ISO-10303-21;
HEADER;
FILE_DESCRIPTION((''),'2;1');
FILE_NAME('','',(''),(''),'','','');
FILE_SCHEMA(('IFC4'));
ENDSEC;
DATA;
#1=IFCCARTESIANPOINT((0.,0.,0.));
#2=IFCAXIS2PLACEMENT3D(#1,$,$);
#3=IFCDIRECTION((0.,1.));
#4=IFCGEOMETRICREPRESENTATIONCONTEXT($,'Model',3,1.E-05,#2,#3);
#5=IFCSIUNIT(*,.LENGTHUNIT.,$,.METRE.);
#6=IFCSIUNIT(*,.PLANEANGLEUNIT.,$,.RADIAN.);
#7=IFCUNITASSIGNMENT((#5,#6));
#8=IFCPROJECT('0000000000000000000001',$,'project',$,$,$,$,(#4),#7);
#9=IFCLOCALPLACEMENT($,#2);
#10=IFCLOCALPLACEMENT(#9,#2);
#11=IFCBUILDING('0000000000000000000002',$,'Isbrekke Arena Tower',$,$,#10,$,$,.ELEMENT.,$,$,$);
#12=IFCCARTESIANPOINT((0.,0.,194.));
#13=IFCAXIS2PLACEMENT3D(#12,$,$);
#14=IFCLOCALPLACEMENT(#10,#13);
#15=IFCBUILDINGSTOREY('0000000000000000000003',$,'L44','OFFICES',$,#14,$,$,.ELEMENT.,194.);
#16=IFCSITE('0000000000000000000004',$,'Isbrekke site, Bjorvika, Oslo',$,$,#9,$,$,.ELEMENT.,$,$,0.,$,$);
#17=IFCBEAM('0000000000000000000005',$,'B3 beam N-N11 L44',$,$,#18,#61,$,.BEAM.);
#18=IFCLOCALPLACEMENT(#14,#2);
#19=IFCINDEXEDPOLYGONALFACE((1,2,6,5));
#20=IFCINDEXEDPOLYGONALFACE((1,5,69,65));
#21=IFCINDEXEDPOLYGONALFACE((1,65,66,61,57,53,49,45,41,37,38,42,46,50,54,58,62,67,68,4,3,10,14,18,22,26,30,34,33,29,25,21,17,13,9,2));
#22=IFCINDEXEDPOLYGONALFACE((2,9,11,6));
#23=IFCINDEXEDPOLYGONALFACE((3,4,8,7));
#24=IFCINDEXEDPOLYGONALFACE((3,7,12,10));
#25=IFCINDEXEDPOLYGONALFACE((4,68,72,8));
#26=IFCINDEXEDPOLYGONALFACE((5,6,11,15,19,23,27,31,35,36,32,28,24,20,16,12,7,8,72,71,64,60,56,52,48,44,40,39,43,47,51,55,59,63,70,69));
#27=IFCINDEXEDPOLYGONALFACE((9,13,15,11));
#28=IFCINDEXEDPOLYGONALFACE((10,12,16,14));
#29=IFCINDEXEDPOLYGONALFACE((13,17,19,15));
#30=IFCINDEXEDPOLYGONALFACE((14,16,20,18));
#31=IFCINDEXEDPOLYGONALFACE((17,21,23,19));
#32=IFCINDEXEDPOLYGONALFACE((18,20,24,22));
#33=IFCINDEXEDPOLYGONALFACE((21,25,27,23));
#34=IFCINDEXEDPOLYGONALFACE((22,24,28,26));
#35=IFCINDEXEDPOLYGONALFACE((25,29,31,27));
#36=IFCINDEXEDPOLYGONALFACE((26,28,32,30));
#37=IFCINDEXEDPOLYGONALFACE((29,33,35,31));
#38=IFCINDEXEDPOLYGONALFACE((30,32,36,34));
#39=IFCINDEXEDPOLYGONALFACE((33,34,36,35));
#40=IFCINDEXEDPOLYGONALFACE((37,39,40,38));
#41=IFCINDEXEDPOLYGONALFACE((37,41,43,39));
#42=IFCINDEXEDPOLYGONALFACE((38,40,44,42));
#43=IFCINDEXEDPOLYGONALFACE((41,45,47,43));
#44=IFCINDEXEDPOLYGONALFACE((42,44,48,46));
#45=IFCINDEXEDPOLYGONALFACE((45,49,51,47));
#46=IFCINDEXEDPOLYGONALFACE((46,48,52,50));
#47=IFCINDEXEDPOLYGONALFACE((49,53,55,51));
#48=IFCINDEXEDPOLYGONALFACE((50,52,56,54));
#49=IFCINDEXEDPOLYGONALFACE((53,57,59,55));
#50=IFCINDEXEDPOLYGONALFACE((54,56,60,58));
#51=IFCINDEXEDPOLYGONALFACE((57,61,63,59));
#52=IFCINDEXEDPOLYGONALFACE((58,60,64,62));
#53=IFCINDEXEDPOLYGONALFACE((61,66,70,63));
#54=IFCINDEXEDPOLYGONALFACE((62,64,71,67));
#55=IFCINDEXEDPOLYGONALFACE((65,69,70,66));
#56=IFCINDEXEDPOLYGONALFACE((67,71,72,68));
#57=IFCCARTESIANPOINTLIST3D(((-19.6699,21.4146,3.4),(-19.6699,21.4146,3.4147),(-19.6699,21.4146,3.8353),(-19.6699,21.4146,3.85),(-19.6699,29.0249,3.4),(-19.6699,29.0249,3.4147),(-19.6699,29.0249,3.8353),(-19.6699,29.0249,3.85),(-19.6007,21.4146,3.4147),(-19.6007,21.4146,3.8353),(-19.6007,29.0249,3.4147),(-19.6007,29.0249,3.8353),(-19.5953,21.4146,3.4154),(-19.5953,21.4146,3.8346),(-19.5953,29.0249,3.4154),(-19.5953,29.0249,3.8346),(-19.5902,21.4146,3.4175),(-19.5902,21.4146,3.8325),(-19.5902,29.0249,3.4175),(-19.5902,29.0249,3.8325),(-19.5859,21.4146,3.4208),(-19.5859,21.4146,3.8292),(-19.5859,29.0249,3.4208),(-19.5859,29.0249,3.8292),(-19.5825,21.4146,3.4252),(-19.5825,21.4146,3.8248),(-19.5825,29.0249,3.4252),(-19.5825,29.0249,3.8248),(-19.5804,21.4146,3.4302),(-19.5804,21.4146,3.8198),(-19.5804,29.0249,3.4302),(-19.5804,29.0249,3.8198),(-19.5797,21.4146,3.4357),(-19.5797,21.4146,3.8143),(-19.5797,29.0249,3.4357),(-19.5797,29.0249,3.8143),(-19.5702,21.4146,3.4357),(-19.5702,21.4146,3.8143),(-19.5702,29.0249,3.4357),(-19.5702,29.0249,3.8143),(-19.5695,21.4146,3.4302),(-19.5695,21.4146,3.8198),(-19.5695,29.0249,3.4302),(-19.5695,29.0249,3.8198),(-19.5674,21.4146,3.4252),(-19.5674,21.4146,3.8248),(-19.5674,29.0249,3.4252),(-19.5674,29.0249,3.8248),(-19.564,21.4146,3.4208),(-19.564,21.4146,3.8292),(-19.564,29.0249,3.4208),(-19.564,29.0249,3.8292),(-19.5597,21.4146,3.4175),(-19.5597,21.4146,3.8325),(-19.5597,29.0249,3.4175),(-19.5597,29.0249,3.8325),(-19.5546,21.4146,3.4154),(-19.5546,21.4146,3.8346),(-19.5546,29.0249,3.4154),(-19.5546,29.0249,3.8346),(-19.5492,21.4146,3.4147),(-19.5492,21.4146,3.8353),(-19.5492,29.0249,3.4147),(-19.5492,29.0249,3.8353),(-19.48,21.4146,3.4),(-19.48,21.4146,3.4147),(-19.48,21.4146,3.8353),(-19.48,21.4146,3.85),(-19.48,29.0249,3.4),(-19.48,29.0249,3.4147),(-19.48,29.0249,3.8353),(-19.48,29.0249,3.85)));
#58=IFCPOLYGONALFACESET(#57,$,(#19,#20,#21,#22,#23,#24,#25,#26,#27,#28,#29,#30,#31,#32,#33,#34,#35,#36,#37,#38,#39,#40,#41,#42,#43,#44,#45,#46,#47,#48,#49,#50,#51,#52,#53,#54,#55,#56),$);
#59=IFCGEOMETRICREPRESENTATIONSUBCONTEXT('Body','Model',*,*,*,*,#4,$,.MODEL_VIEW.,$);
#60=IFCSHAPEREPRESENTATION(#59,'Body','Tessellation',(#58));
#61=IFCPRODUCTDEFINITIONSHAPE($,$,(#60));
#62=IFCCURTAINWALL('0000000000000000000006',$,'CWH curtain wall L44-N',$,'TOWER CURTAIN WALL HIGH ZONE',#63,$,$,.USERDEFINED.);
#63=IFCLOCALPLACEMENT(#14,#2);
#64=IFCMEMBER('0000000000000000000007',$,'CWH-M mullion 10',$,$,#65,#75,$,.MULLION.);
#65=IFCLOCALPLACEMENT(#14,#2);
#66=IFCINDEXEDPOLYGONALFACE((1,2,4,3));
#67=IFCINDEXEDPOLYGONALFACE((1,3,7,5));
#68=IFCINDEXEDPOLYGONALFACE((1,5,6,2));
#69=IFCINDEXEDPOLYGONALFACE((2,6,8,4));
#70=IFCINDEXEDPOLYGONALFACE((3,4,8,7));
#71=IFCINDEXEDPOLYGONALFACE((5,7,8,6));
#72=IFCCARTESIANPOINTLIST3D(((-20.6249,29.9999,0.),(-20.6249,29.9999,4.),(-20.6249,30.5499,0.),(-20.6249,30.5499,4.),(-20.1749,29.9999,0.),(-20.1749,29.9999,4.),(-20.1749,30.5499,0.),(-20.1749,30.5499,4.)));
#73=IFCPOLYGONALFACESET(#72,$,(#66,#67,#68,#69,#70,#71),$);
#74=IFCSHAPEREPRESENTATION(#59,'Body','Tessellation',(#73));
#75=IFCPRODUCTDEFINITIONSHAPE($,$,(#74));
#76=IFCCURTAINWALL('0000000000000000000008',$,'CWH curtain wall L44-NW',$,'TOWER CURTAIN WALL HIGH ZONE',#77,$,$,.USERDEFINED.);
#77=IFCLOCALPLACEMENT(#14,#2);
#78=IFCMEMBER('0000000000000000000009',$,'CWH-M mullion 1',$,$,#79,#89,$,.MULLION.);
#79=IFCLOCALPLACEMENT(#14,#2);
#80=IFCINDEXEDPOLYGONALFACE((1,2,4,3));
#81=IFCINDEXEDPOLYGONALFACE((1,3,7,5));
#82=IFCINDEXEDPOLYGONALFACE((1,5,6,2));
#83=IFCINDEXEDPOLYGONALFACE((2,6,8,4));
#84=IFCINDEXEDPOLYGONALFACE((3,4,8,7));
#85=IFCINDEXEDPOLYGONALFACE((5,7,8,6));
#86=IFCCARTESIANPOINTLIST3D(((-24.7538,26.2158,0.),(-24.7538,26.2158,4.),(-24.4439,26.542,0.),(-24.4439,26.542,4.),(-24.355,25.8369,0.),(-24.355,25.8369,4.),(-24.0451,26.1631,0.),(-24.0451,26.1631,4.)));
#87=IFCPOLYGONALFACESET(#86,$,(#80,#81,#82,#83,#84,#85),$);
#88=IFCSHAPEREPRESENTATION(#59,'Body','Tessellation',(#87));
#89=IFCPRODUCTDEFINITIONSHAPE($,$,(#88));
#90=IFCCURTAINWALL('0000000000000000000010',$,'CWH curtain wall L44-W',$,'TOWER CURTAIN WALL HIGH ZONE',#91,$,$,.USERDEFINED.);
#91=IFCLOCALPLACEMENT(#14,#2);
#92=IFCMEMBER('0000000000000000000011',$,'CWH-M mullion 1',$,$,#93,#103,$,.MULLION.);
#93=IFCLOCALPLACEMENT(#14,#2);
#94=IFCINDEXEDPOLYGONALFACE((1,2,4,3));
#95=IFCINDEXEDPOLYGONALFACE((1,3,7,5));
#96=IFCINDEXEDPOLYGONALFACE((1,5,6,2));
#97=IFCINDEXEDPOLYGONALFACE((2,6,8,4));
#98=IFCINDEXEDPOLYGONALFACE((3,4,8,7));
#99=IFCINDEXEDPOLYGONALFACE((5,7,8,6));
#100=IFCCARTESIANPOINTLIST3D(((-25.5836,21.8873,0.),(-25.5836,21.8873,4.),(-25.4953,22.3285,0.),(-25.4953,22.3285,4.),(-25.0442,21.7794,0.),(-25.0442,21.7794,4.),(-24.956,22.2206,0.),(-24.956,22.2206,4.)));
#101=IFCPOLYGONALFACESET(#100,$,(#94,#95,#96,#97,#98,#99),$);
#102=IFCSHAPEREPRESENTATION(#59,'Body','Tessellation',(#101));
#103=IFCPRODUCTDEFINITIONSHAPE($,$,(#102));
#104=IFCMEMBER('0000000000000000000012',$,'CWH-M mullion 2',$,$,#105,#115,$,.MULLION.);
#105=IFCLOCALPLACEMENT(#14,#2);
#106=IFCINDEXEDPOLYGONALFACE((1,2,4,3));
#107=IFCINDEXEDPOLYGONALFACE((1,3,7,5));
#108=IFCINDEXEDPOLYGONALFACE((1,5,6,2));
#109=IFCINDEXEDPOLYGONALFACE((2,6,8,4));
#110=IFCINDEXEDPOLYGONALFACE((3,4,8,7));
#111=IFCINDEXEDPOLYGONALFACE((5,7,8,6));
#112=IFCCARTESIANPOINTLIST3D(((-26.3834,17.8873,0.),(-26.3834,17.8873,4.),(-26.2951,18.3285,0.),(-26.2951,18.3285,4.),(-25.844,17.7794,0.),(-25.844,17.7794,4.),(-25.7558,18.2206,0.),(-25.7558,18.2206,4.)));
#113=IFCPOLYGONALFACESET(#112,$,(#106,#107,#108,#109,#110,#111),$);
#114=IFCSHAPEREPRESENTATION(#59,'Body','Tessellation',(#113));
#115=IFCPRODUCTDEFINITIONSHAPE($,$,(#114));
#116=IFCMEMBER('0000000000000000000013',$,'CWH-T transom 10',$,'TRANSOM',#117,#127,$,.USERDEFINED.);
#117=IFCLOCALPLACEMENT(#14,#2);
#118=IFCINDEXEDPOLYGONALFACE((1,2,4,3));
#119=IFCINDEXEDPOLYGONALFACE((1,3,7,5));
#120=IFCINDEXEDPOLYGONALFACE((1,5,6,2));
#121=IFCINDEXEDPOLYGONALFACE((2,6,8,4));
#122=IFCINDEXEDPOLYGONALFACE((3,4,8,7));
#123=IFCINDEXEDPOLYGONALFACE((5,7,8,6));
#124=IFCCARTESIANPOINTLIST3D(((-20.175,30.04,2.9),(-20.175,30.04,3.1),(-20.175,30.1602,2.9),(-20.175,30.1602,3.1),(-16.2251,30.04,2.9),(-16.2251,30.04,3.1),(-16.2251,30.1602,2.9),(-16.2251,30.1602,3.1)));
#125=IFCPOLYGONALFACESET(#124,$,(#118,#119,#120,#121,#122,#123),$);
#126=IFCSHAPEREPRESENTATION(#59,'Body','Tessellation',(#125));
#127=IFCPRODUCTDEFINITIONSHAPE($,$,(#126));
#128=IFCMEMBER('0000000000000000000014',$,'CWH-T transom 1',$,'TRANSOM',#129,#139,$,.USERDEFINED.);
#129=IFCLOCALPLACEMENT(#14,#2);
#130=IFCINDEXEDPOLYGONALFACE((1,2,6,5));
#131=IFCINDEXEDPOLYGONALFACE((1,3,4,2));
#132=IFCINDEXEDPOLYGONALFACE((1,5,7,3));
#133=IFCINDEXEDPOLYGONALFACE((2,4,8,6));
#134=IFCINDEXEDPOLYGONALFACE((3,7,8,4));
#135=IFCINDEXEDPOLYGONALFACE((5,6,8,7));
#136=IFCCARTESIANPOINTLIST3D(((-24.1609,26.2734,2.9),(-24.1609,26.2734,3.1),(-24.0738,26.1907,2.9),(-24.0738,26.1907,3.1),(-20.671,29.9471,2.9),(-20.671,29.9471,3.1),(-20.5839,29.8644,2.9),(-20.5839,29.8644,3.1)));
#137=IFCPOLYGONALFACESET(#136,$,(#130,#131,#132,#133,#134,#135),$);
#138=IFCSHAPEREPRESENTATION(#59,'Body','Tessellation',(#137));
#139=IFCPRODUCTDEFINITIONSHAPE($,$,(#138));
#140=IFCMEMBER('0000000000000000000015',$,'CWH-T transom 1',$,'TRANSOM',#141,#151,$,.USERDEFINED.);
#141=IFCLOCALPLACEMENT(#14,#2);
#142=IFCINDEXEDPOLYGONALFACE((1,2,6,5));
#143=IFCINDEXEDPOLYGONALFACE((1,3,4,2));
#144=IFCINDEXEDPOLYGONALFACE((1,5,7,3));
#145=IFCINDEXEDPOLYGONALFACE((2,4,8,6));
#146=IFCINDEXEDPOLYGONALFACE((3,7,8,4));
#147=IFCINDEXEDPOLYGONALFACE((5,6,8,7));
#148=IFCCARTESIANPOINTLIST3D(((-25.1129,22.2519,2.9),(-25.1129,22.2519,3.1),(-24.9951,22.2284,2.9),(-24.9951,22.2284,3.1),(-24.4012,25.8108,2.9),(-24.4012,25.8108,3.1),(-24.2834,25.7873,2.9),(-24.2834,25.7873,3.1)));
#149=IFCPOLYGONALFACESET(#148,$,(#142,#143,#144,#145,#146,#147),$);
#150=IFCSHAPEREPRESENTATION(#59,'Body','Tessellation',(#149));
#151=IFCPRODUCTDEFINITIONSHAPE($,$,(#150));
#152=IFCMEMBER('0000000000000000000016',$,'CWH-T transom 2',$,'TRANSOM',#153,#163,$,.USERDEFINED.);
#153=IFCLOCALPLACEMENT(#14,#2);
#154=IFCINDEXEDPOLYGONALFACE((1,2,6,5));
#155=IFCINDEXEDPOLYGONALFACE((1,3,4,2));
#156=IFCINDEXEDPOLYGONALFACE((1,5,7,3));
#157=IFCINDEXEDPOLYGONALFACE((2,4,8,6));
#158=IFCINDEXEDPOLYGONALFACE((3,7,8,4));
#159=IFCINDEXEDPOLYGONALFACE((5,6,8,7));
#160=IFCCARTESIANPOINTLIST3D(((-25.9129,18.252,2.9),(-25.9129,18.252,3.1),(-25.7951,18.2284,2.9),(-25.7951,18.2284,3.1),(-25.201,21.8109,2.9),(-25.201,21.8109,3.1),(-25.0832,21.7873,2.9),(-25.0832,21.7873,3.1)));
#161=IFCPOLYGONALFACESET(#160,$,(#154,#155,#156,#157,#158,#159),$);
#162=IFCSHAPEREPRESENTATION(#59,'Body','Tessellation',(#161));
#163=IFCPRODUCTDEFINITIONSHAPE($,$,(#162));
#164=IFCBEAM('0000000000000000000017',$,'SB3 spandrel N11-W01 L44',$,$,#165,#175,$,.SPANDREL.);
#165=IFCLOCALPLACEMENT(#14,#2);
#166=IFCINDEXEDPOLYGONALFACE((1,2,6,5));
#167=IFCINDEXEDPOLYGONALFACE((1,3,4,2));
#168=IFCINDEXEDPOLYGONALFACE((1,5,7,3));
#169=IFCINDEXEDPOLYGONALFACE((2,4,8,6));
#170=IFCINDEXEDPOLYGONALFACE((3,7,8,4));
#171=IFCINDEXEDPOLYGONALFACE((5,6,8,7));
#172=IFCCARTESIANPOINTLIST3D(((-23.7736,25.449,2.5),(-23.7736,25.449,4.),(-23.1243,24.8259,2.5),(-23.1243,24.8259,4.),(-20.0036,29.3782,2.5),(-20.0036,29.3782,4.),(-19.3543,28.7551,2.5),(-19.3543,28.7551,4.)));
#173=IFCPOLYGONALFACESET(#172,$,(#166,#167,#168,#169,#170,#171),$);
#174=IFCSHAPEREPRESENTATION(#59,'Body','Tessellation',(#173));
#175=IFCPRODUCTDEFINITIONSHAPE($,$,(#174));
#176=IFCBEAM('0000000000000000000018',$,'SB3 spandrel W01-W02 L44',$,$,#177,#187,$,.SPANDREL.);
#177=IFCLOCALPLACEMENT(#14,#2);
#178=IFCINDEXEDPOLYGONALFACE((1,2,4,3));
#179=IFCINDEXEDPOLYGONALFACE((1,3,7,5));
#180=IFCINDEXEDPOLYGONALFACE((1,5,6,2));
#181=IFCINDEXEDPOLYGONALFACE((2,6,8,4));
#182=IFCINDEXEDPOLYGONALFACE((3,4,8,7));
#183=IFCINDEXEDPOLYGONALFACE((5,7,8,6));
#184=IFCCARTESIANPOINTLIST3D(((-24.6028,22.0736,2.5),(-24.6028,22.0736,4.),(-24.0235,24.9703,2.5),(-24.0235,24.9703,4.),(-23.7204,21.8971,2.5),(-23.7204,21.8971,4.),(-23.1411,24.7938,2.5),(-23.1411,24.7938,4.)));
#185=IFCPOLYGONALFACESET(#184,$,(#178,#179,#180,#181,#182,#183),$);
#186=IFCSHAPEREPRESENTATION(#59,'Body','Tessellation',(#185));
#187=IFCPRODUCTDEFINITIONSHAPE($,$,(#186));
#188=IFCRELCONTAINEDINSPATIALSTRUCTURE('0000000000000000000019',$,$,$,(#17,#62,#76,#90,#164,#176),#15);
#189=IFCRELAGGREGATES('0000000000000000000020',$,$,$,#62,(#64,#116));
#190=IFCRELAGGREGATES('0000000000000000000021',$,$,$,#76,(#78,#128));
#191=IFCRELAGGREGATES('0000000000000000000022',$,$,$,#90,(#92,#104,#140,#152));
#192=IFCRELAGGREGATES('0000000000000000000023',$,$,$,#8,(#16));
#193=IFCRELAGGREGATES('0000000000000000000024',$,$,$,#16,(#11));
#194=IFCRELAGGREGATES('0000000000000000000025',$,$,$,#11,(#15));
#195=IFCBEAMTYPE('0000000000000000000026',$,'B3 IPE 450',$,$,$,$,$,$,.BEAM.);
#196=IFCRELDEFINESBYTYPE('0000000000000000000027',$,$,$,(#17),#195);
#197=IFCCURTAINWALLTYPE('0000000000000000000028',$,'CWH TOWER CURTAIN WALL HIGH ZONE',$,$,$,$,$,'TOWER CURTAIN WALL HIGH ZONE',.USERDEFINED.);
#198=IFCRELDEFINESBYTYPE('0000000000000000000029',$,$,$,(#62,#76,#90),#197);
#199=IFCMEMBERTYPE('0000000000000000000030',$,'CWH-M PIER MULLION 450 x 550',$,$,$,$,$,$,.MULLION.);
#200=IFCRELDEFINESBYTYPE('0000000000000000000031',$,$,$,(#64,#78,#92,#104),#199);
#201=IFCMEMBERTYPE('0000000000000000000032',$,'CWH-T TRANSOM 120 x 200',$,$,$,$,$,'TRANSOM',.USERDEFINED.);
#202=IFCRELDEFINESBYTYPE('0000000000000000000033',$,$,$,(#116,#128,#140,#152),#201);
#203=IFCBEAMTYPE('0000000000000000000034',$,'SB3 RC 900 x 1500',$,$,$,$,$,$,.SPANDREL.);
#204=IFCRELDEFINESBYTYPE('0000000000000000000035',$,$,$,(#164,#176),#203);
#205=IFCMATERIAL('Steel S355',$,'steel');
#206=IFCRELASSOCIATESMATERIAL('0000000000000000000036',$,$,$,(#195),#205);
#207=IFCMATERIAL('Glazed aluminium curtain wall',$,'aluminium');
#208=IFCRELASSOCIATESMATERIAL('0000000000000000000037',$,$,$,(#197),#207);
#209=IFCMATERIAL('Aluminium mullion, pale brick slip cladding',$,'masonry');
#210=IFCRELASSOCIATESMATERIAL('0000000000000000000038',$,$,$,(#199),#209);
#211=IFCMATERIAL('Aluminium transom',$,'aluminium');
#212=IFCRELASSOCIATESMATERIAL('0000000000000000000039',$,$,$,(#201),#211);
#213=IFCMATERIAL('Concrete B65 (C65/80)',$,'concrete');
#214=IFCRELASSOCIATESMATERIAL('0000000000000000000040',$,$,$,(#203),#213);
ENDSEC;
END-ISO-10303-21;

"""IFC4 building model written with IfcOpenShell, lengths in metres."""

from ifc_helpers import new_model, si_unit, direction, frame, origin, origin_2d, place, context, subcontext, project, spatial, rectangle, i_section, extrude, material, material_profile, profile_set, type_object, element, aggregate, save


model = new_model("IFC4")

# Units and contexts
model_context = context("Model", 3, precision=1e-05, world=origin(), true_north=direction((0.0, 1.0)))
body_context = subcontext(model_context, "Body", "Model", "MODEL_VIEW")
ifc_project = project(units=[si_unit("LENGTHUNIT", "METRE"), si_unit("PLANEANGLEUNIT", "RADIAN")], contexts=[model_context])

# Site, building, storey
site_placement = place(None, origin())
site = spatial("IfcSite", under=ifc_project, at=site_placement, Name="Isbrekke site, Bjorvika, Oslo", CompositionType="ELEMENT", RefElevation=0.0)
building_placement = place(site_placement, origin())
building = spatial("IfcBuilding", under=site, at=building_placement, Name="Isbrekke Arena Tower", CompositionType="ELEMENT")
storey_placement = place(building_placement, frame((0.0, 0.0, 194.0)))
storey = spatial("IfcBuildingStorey", under=building, at=storey_placement, Name="L44", Description="OFFICES", CompositionType="ELEMENT", Elevation=194.0)

# Beam
ifc_material_1 = material(Name="Steel S355", Category="steel")
ifc_material_profile_1 = material_profile(ifc_material_1, i_section(OverallWidth=0.1899, OverallDepth=0.45, WebThickness=0.0095, FlangeThickness=0.0146, FilletRadius=0.021, at=origin_2d()), Name="IPE 450")
ifc_profile_set_1 = profile_set([ifc_material_profile_1], Name="Steel S355")
beam_type_1 = type_object("IfcBeamType", Name="B3 IPE 450", PredefinedType="BEAM", material=ifc_profile_set_1)
beam_1_placement = place(storey_placement, frame((-19.575, 29.0249, 3.625), z_axis=(0.0, -1.0, 0.0), x_axis=(1.0, 0.0, 0.0)))
element("IfcBeam", 1, at=beam_1_placement, inside=storey, type_object=beam_type_1, Name="B3 beam N-N11 L44", PredefinedType="BEAM", context=body_context, shape_type="SweptSolid", body=[
    extrude(i_section(OverallWidth=0.1899, OverallDepth=0.45, WebThickness=0.0095, FlangeThickness=0.0146, FilletRadius=0.021, at=origin_2d()), origin(), (0.0, 0.0, 1.0), 7.6104),
])

# Curtain walls, members
ifc_material_2 = material(Name="Glazed aluminium curtain wall", Category="aluminium")
curtain_wall_type = type_object("IfcCurtainWallType", Name="CWH TOWER CURTAIN WALL HIGH ZONE", ElementType="TOWER CURTAIN WALL HIGH ZONE", PredefinedType="USERDEFINED", material=ifc_material_2)
curtain_wall_1_placement = place(storey_placement, origin())
curtain_wall_1 = element("IfcCurtainWall", 2, at=curtain_wall_1_placement, inside=storey, type_object=curtain_wall_type, Name="CWH curtain wall L44-N", ObjectType="TOWER CURTAIN WALL HIGH ZONE", PredefinedType="USERDEFINED")
ifc_material_3 = material(Name="Aluminium mullion, pale brick slip cladding", Category="masonry")
ifc_material_profile_2 = material_profile(ifc_material_3, rectangle(XDim=0.45, YDim=0.55, at=origin_2d()), Name="PIER 450X550")
ifc_profile_set_2 = profile_set([ifc_material_profile_2], Name="Aluminium mullion, pale brick slip cladding")
member_type_1 = type_object("IfcMemberType", Name="CWH-M PIER MULLION 450 x 550", PredefinedType="MULLION", material=ifc_profile_set_2)
member_1_placement = place(storey_placement, frame((-20.3999, 30.2749, 0.0), z_axis=(0.0, 0.0, 1.0), x_axis=(-1.0, 0.0, 0.0)))
member_1 = element("IfcMember", 3, at=member_1_placement, type_object=member_type_1, Name="CWH-M mullion 10", PredefinedType="MULLION", context=body_context, shape_type="SweptSolid", body=[
    extrude(rectangle(XDim=0.45, YDim=0.55, at=origin_2d()), origin(), (0.0, 0.0, 1.0), 4.0),
])
curtain_wall_2_placement = place(storey_placement, origin())
curtain_wall_2 = element("IfcCurtainWall", 4, at=curtain_wall_2_placement, inside=storey, type_object=curtain_wall_type, Name="CWH curtain wall L44-NW", ObjectType="TOWER CURTAIN WALL HIGH ZONE", PredefinedType="USERDEFINED")
member_2_placement = place(storey_placement, frame((-24.3994, 26.1895, 0.0), z_axis=(0.0, 0.0, 1.0), x_axis=(-0.688749, -0.724999, 0.0)))
member_2 = element("IfcMember", 5, at=member_2_placement, type_object=member_type_1, Name="CWH-M mullion 1", PredefinedType="MULLION", context=body_context, shape_type="SweptSolid", body=[
    extrude(rectangle(XDim=0.45, YDim=0.55, at=origin_2d()), origin(), (0.0, 0.0, 1.0), 4.0),
])

# Curtain wall, members
curtain_wall_3_placement = place(storey_placement, origin())
curtain_wall_3 = element("IfcCurtainWall", 6, at=curtain_wall_3_placement, inside=storey, type_object=curtain_wall_type, Name="CWH curtain wall L44-W", ObjectType="TOWER CURTAIN WALL HIGH ZONE", PredefinedType="USERDEFINED")
member_3_placement = place(storey_placement, frame((-25.2698, 22.054, 0.0), z_axis=(0.0, 0.0, 1.0), x_axis=(-0.196116, -0.980581, 0.0)))
member_3 = element("IfcMember", 7, at=member_3_placement, type_object=member_type_1, Name="CWH-M mullion 1", PredefinedType="MULLION", context=body_context, shape_type="SweptSolid", body=[
    extrude(rectangle(XDim=0.45, YDim=0.55, at=origin_2d()), origin(), (0.0, 0.0, 1.0), 4.0),
])
member_4_placement = place(storey_placement, frame((-26.0696, 18.054, 0.0), z_axis=(0.0, 0.0, 1.0), x_axis=(-0.196116, -0.980581, 0.0)))
member_4 = element("IfcMember", 8, at=member_4_placement, type_object=member_type_1, Name="CWH-M mullion 2", PredefinedType="MULLION", context=body_context, shape_type="SweptSolid", body=[
    extrude(rectangle(XDim=0.45, YDim=0.55, at=origin_2d()), origin(), (0.0, 0.0, 1.0), 4.0),
])

# Members
ifc_material_4 = material(Name="Aluminium transom", Category="aluminium")
ifc_material_profile_3 = material_profile(ifc_material_4, rectangle(XDim=0.1201, YDim=0.2, at=origin_2d()), Name="TRANSOM 120X200")
ifc_profile_set_3 = profile_set([ifc_material_profile_3], Name="Aluminium transom")
member_type_2 = type_object("IfcMemberType", Name="CWH-T TRANSOM 120 x 200", ElementType="TRANSOM", PredefinedType="USERDEFINED", material=ifc_profile_set_3)
member_5_placement = place(storey_placement, frame((-16.2251, 30.1001, 3.0), z_axis=(-1.0, 0.0, 0.0), x_axis=(0.0, -1.0, 0.0)))
member_5 = element("IfcMember", 9, at=member_5_placement, type_object=member_type_2, Name="CWH-T transom 10", ObjectType="TRANSOM", PredefinedType="USERDEFINED", context=body_context, shape_type="SweptSolid", body=[
    extrude(rectangle(XDim=0.1201, YDim=0.2, at=origin_2d()), origin(), (0.0, 0.0, 1.0), 3.95),
])
member_6_placement = place(storey_placement, frame((-20.6274, 29.9058, 3.0), z_axis=(-0.688734, -0.725014, 0.0), x_axis=(0.725014, -0.688734, 0.0)))
member_6 = element("IfcMember", 10, at=member_6_placement, type_object=member_type_2, Name="CWH-T transom 1", ObjectType="TRANSOM", PredefinedType="USERDEFINED", context=body_context, shape_type="SweptSolid", body=[
    extrude(rectangle(XDim=0.1201, YDim=0.2, at=origin_2d()), origin(), (0.0, 0.0, 1.0), 5.0671),
])
member_7_placement = place(storey_placement, frame((-24.3423, 25.7991, 3.0), z_axis=(-0.19609, -0.980586, 0.0), x_axis=(0.980586, -0.19609, 0.0)))
member_7 = element("IfcMember", 11, at=member_7_placement, type_object=member_type_2, Name="CWH-T transom 1", ObjectType="TRANSOM", PredefinedType="USERDEFINED", context=body_context, shape_type="SweptSolid", body=[
    extrude(rectangle(XDim=0.1201, YDim=0.2, at=origin_2d()), origin(), (0.0, 0.0, 1.0), 3.6294),
])
member_8_placement = place(storey_placement, frame((-25.1421, 21.7991, 3.0), z_axis=(-0.196155, -0.980573, 0.0), x_axis=(0.980573, -0.196155, 0.0)))
member_8 = element("IfcMember", 12, at=member_8_placement, type_object=member_type_2, Name="CWH-T transom 2", ObjectType="TRANSOM", PredefinedType="USERDEFINED", context=body_context, shape_type="SweptSolid", body=[
    extrude(rectangle(XDim=0.1201, YDim=0.2, at=origin_2d()), origin(), (0.0, 0.0, 1.0), 3.6294),
])

# Beams
ifc_material_5 = material(Name="Concrete B65 (C65/80)", Category="concrete")
ifc_material_profile_4 = material_profile(ifc_material_5, rectangle(XDim=0.8999, YDim=1.5, at=origin_2d()), Name="RC 900x1500")
ifc_profile_set_4 = profile_set([ifc_material_profile_4], Name="Concrete B65 (C65/80)")
beam_type_2 = type_object("IfcBeamType", Name="SB3 RC 900 x 1500", PredefinedType="SPANDREL", material=ifc_profile_set_4)
beam_2_placement = place(storey_placement, frame((-19.679, 29.0667, 3.25), z_axis=(-0.69234, -0.721572, 0.0), x_axis=(0.721572, -0.69234, 0.0)))
element("IfcBeam", 13, at=beam_2_placement, inside=storey, type_object=beam_type_2, Name="SB3 spandrel N11-W01 L44", PredefinedType="SPANDREL", context=body_context, shape_type="SweptSolid", body=[
    extrude(rectangle(XDim=0.8999, YDim=1.5, at=origin_2d()), origin(), (0.0, 0.0, 1.0), 5.4453),
])
beam_3_placement = place(storey_placement, frame((-23.5823, 24.8821, 3.25), z_axis=(-0.196116, -0.980581, 0.0), x_axis=(0.980581, -0.196116, 0.0)))
element("IfcBeam", 14, at=beam_3_placement, inside=storey, type_object=beam_type_2, Name="SB3 spandrel W01-W02 L44", PredefinedType="SPANDREL", context=body_context, shape_type="SweptSolid", body=[
    extrude(rectangle(XDim=0.8999, YDim=1.5, at=origin_2d()), origin(), (0.0, 0.0, 1.0), 2.9541),
])

aggregate(curtain_wall_1, [member_1, member_5])
aggregate(curtain_wall_2, [member_2, member_6])
aggregate(curtain_wall_3, [member_3, member_4, member_7, member_8])

save(model, "model.ifc")
